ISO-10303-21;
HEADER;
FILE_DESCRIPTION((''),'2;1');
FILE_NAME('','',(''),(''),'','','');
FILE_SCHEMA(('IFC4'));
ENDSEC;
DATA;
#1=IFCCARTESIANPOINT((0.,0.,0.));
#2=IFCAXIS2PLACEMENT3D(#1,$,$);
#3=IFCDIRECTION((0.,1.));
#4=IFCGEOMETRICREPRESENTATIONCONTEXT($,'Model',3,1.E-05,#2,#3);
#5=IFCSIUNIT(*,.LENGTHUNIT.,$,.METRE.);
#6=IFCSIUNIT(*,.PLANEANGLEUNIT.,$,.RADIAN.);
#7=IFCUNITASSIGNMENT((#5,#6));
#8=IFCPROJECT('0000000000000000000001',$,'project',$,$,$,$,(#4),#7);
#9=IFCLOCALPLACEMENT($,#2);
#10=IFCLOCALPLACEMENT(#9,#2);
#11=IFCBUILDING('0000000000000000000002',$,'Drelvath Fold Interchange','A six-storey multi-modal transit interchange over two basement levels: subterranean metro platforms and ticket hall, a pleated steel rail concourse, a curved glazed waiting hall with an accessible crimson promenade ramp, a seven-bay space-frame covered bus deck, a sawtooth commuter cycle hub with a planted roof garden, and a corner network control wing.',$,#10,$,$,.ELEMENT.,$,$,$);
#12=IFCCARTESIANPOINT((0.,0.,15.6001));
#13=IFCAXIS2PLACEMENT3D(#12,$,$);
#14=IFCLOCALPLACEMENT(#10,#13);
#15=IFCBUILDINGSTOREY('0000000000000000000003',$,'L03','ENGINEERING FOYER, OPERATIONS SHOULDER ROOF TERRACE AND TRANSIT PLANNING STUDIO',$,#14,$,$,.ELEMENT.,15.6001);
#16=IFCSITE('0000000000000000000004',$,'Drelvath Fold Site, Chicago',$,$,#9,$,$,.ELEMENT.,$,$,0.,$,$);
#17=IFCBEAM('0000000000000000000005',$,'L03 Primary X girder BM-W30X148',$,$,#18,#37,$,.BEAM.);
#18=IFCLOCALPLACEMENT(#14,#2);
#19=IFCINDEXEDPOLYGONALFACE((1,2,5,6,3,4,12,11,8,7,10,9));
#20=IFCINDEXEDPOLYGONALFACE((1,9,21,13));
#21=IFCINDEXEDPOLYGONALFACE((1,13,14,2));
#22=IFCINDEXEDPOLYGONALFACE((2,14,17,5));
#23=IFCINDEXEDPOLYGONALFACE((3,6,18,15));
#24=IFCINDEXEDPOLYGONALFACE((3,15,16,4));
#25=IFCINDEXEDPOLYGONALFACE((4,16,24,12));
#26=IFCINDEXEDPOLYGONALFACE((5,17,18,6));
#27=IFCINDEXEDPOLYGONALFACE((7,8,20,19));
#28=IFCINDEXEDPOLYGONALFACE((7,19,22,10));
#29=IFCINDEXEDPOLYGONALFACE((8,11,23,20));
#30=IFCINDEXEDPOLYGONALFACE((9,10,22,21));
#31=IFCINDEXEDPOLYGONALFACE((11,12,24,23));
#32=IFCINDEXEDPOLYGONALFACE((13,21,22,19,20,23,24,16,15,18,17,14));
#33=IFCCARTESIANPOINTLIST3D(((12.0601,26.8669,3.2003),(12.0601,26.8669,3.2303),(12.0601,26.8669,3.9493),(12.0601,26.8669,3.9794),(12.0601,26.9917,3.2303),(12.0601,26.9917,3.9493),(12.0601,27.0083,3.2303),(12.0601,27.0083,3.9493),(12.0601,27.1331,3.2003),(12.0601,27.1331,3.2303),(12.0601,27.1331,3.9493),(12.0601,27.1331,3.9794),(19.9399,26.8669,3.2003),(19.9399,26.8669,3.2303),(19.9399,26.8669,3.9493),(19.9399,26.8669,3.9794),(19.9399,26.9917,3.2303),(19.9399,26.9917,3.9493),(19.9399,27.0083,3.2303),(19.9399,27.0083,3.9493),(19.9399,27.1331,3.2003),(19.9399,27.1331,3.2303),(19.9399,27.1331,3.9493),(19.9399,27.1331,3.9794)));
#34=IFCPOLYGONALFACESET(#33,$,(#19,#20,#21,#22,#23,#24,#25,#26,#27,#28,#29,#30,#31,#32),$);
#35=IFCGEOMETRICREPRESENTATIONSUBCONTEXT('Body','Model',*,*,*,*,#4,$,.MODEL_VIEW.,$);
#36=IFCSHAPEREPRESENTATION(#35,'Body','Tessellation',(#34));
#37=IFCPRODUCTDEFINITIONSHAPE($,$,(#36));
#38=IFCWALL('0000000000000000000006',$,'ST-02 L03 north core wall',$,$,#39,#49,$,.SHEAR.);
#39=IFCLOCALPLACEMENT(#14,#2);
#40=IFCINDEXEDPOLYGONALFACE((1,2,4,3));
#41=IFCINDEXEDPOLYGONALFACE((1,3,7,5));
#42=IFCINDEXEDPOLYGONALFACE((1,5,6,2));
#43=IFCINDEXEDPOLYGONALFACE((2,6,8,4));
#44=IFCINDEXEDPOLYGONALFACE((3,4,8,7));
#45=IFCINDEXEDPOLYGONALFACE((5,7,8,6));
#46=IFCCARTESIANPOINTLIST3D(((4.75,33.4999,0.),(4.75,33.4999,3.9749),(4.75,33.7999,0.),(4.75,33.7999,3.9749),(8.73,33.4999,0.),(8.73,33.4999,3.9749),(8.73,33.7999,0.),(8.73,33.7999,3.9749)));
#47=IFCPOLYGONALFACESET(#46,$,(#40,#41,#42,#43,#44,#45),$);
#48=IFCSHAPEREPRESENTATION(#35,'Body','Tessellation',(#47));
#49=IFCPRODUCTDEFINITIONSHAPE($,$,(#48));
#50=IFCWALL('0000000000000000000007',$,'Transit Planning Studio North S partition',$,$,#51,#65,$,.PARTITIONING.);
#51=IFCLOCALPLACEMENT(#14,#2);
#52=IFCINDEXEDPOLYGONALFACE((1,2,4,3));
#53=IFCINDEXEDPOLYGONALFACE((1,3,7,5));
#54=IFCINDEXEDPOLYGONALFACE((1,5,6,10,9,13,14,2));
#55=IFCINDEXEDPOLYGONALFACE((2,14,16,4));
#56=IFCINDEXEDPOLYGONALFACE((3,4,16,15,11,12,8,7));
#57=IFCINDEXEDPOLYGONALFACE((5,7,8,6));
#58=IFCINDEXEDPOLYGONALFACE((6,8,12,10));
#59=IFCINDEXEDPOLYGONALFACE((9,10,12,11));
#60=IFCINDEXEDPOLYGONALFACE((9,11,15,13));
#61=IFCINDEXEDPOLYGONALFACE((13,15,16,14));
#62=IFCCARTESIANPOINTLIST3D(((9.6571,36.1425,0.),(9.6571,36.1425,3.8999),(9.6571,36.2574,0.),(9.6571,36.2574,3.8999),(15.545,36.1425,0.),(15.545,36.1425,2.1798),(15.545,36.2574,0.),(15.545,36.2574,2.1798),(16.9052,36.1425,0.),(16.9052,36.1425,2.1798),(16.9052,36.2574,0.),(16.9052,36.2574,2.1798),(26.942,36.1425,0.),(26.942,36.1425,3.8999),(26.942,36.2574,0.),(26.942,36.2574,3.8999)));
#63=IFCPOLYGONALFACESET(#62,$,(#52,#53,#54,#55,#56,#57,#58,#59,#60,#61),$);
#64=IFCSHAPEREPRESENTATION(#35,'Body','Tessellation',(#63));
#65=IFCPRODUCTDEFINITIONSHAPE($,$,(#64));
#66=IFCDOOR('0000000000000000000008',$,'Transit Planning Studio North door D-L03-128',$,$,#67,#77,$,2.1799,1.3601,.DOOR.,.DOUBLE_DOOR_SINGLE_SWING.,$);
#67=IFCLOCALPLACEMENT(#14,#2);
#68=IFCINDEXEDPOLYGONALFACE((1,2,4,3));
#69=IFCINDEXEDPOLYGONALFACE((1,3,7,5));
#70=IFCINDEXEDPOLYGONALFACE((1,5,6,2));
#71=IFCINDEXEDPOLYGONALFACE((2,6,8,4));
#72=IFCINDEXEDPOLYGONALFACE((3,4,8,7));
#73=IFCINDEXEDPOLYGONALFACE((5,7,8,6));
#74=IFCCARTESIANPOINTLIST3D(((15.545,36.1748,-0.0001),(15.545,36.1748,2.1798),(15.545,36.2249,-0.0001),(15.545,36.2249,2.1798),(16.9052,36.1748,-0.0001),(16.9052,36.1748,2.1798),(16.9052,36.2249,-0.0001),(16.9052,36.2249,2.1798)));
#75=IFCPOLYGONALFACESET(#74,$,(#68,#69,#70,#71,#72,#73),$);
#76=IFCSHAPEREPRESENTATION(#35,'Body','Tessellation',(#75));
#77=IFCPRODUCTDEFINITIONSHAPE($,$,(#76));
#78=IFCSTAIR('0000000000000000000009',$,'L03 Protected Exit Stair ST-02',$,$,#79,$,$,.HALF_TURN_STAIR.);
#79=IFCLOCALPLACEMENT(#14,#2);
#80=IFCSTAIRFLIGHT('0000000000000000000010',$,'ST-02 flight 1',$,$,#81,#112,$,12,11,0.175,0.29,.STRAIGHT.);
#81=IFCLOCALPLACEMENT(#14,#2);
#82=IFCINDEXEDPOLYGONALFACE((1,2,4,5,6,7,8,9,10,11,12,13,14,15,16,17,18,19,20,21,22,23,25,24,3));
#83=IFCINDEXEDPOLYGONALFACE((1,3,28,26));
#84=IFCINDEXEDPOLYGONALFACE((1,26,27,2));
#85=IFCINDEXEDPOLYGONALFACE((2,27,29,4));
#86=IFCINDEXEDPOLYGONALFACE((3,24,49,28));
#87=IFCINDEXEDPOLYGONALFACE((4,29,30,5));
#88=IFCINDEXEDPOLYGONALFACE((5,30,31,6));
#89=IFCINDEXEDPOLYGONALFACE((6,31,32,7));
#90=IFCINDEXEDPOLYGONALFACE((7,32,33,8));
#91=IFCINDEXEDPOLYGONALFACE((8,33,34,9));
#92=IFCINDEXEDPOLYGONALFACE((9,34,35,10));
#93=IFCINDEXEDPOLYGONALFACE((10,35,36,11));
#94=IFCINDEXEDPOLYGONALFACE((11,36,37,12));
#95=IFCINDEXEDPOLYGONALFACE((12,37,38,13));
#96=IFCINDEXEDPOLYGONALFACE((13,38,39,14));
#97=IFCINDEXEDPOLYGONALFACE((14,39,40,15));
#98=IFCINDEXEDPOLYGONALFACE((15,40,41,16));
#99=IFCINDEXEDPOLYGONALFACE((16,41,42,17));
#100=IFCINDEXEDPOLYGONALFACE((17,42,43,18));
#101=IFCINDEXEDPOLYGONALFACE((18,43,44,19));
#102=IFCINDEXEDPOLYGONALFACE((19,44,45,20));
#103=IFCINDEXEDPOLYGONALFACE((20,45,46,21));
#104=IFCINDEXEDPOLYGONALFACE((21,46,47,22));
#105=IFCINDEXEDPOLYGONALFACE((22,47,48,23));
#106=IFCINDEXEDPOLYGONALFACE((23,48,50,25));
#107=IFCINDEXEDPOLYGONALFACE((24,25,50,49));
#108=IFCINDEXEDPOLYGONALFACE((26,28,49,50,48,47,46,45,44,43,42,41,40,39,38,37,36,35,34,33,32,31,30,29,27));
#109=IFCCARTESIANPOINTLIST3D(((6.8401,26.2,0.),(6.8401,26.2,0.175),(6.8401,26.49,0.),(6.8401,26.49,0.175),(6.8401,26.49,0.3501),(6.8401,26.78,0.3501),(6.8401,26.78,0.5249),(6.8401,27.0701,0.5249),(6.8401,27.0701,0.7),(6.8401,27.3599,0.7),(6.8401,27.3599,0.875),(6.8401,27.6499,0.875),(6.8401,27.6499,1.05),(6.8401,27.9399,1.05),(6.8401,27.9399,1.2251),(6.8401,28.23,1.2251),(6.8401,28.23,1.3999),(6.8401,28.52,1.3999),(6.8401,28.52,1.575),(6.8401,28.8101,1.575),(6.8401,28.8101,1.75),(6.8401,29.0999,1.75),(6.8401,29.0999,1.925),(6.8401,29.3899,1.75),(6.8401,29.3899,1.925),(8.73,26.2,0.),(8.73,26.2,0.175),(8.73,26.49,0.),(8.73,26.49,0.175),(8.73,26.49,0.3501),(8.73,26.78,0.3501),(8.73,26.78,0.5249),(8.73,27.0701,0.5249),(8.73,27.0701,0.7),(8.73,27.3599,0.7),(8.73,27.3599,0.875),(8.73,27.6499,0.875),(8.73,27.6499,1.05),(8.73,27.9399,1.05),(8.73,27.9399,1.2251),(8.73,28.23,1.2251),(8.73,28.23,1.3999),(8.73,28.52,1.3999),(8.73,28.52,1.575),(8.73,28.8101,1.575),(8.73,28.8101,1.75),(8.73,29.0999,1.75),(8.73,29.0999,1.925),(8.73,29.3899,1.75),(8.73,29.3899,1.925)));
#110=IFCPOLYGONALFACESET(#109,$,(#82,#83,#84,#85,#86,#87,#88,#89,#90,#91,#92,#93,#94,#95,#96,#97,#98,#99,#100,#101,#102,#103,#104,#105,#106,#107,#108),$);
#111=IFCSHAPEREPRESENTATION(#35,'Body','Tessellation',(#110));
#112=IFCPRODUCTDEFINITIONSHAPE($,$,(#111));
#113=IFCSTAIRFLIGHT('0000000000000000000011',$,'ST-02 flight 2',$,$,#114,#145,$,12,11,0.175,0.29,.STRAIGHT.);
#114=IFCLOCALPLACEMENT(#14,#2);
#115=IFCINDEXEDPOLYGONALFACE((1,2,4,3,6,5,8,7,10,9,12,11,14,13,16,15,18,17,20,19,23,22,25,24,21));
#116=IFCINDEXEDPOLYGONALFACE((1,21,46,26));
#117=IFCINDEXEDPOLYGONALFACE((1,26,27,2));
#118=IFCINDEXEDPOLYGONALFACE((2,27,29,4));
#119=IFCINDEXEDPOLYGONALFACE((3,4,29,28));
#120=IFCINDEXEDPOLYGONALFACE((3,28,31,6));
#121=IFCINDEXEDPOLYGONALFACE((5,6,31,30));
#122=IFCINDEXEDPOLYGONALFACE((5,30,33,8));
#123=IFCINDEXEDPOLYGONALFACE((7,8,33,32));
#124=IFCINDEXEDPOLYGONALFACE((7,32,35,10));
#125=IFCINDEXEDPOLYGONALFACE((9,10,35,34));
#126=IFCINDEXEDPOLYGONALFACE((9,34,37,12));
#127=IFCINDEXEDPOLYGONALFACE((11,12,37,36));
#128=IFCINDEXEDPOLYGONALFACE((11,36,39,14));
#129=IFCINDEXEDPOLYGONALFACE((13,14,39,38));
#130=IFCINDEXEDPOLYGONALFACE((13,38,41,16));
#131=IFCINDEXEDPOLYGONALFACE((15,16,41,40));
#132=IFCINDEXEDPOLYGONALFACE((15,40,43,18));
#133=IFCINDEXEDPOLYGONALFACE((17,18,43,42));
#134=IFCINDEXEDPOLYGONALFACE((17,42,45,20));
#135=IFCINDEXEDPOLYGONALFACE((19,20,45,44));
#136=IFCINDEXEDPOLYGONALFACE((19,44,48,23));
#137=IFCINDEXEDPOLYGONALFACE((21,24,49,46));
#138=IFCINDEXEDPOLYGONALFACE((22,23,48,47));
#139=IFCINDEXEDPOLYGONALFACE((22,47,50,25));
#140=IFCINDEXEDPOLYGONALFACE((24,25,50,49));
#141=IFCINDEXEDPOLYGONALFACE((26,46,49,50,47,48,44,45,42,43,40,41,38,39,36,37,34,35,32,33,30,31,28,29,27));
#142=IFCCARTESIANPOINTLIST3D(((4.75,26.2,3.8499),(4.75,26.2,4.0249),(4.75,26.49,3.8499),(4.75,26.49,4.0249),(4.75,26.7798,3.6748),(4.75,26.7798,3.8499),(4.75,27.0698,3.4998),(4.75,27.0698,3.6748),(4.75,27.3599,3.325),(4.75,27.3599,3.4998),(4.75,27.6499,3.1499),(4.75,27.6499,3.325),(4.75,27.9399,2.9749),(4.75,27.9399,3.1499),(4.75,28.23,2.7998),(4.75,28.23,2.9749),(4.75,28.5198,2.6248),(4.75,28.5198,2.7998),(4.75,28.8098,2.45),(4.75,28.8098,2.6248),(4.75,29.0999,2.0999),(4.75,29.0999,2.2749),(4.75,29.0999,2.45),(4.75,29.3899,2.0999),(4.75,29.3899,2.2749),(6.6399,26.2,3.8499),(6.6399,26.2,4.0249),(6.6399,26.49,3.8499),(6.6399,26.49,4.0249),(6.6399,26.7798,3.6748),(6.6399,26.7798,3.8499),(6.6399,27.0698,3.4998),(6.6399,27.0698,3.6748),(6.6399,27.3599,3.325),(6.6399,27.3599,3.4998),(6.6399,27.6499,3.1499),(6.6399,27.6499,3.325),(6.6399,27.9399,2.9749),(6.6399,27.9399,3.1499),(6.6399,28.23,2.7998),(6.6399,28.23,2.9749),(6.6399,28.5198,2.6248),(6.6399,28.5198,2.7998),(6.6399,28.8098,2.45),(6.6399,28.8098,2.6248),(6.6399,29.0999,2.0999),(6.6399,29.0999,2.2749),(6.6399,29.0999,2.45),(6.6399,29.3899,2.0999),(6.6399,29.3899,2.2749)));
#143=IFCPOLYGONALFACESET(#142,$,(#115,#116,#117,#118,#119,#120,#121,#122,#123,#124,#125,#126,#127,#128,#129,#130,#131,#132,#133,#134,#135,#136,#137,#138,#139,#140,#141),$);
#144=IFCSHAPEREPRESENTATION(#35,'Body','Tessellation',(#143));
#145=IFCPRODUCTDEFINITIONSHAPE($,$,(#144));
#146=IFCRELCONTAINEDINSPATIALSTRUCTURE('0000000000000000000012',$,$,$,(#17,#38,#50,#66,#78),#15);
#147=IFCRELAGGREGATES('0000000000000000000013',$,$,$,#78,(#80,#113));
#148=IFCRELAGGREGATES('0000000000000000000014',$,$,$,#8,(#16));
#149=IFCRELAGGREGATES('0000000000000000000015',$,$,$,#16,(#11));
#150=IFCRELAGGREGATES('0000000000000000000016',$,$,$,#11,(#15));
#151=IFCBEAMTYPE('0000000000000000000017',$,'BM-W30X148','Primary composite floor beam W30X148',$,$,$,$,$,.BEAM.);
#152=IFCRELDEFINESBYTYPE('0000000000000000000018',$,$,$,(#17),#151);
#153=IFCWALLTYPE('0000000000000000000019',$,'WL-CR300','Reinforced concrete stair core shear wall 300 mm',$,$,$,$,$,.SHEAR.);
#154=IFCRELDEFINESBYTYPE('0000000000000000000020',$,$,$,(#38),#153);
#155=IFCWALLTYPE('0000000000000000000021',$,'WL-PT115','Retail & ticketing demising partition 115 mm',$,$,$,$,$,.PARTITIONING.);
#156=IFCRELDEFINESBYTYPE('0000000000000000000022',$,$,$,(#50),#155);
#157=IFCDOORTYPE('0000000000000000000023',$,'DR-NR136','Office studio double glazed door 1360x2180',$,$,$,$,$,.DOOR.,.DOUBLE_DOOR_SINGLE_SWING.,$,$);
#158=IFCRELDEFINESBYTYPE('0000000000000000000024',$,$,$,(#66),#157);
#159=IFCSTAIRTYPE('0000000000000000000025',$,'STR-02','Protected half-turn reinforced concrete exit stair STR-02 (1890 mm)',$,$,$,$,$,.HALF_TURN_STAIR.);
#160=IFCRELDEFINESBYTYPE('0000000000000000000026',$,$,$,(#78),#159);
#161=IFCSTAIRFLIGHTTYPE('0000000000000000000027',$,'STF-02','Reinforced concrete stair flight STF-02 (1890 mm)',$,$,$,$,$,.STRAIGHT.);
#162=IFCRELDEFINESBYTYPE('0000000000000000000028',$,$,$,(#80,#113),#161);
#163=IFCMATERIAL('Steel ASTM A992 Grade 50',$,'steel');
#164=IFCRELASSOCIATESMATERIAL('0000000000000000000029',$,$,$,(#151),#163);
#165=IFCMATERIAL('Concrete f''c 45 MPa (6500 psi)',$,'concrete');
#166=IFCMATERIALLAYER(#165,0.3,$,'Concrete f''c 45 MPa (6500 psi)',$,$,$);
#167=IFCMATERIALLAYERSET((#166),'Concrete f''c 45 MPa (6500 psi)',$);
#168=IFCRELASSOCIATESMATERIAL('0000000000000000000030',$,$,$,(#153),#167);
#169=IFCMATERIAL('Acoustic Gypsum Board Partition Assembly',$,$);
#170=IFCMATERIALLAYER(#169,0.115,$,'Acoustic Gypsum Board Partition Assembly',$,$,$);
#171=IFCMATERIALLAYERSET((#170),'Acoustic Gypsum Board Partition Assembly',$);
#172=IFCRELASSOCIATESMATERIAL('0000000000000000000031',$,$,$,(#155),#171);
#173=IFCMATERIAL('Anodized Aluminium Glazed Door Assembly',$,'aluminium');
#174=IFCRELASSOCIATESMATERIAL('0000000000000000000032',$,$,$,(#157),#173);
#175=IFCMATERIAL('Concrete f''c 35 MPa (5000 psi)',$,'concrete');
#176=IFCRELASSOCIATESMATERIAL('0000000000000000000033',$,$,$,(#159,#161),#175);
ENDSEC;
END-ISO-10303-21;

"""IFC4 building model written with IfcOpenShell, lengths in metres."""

from ifc_helpers import new_model, si_unit, direction, frame, frame_2d, origin, origin_2d, place, context, subcontext, project, spatial, polyline, rectangle, i_section, outline, extrude, material, layer, layer_set, material_profile, profile_set, type_object, element, fill, aggregate, save


model = new_model("IFC4")

# Units and contexts
model_context = context("Model", 3, precision=1e-05, world=origin(), true_north=direction((0.0, 1.0)))
body_context = subcontext(model_context, "Body", "Model", "MODEL_VIEW")
ifc_project = project(units=[si_unit("LENGTHUNIT", "METRE"), si_unit("PLANEANGLEUNIT", "RADIAN")], contexts=[model_context])

# Site, building, storey
site_placement = place(None, origin())
site = spatial("IfcSite", under=ifc_project, at=site_placement, Name="Drelvath Fold Site, Chicago", CompositionType="ELEMENT", RefElevation=0.0)
building_placement = place(site_placement, origin())
building = spatial("IfcBuilding", under=site, at=building_placement, Name="Drelvath Fold Interchange", Description="A six-storey multi-modal transit interchange over two basement levels: subterranean metro platforms and ticket hall, a pleated steel rail concourse, a curved glazed waiting hall with an accessible crimson promenade ramp, a seven-bay space-frame covered bus deck, a sawtooth commuter cycle hub with a planted roof garden, and a corner network control wing.", CompositionType="ELEMENT")
storey_placement = place(building_placement, frame((0.0, 0.0, 15.6001)))
storey = spatial("IfcBuildingStorey", under=building, at=storey_placement, Name="L03", Description="ENGINEERING FOYER, OPERATIONS SHOULDER ROOF TERRACE AND TRANSIT PLANNING STUDIO", CompositionType="ELEMENT", Elevation=15.6001)

# Shared definitions
ifc_material_1 = material(Name="Steel ASTM A992 Grade 50", Category="steel")

# Beam
ifc_material_profile_1 = material_profile(ifc_material_1, i_section(OverallWidth=0.2661, OverallDepth=0.7791, WebThickness=0.0166, FlangeThickness=0.03, at=origin_2d()), Name="W30X148")
ifc_profile_set_1 = profile_set([ifc_material_profile_1], Name="Steel ASTM A992 Grade 50")
beam_type_1 = type_object("IfcBeamType", Name="BM-W30X148", Description="Primary composite floor beam W30X148", PredefinedType="BEAM", material=ifc_profile_set_1)
beam_1_placement = place(storey_placement, frame((12.0601, 27.0, 3.5898), z_axis=(1.0, 0.0, 0.0), x_axis=(0.0, 1.0, 0.0)))
element("IfcBeam", 1, at=beam_1_placement, inside=storey, type_object=beam_type_1, Name="L03 Primary X girder BM-W30X148", PredefinedType="BEAM", context=body_context, shape_type="SweptSolid", body=[
    extrude(i_section(OverallWidth=0.2661, OverallDepth=0.7791, WebThickness=0.0166, FlangeThickness=0.03, at=origin_2d()), origin(), (0.0, 0.0, 1.0), 7.8799),
])

# Wall
ifc_material_2 = material(Name="Concrete f'c 45 MPa (6500 psi)", Category="concrete")
ifc_layer_1 = layer(ifc_material_2, 0.3, Name="Concrete f'c 45 MPa (6500 psi)")
ifc_layer_set_1 = layer_set([ifc_layer_1], Name="Concrete f'c 45 MPa (6500 psi)")
wall_type_1 = type_object("IfcWallType", Name="WL-CR300", Description="Reinforced concrete stair core shear wall 300 mm", PredefinedType="SHEAR", material=ifc_layer_set_1)
wall_1_placement = place(storey_placement, frame((8.73, 33.6499, 0.0), z_axis=(0.0, 0.0, 1.0), x_axis=(-1.0, 0.0, 0.0)))
element("IfcWall", 2, at=wall_1_placement, inside=storey, type_object=wall_type_1, Name="ST-02 L03 north core wall", PredefinedType="SHEAR", context=body_context, shape_type="SweptSolid", body=[
    extrude(rectangle(XDim=3.98, YDim=0.3, at=frame_2d((1.99, 0.0))), origin(), (0.0, 0.0, 1.0), 3.9749),
])

# Wall, opening, door
ifc_material_3 = material(Name="Acoustic Gypsum Board Partition Assembly")
ifc_layer_2 = layer(ifc_material_3, 0.115, Name="Acoustic Gypsum Board Partition Assembly")
ifc_layer_set_2 = layer_set([ifc_layer_2], Name="Acoustic Gypsum Board Partition Assembly")
wall_type_2 = type_object("IfcWallType", Name="WL-PT115", Description="Retail & ticketing demising partition 115 mm", PredefinedType="PARTITIONING", material=ifc_layer_set_2)
wall_2_placement = place(storey_placement, frame((9.657, 36.2, 0.0), z_axis=(0.0, 0.0, 1.0), x_axis=(1.0, 0.0, 0.0)))
wall_2 = element("IfcWall", 3, at=wall_2_placement, inside=storey, type_object=wall_type_2, Name="Transit Planning Studio North S partition", PredefinedType="PARTITIONING", context=body_context, shape_type="SweptSolid", body=[
    extrude(rectangle(XDim=17.2849, YDim=0.115, at=frame_2d((8.6426, 0.0))), origin(), (0.0, 0.0, 1.0), 3.8999),
])
opening_placement = place(wall_2_placement, frame((5.8879, 0.0, 0.0)))
opening = element("IfcOpeningElement", 4, at=opening_placement, cuts=wall_2, PredefinedType="OPENING", context=body_context, shape_type="SweptSolid", body=[
    extrude(rectangle(XDim=1.3601, YDim=2.1799, at=frame_2d((0.6802, 1.0898))), frame((0.0, 0.0674, 0.0), z_axis=(0.0, -1.0, 0.0), x_axis=(1.0, 0.0, 0.0)), (0.0, 0.0, 1.0), 0.135),
])
ifc_material_4 = material(Name="Anodized Aluminium Glazed Door Assembly", Category="aluminium")
door_type = type_object("IfcDoorType", Name="DR-NR136", Description="Office studio double glazed door 1360x2180", OperationType="DOUBLE_DOOR_SINGLE_SWING", PredefinedType="DOOR", material=ifc_material_4)
door_placement = place(opening_placement, origin())
door = element("IfcDoor", 5, at=door_placement, inside=storey, type_object=door_type, Name="Transit Planning Studio North door D-L03-128", OperationType="DOUBLE_DOOR_SINGLE_SWING", OverallHeight=2.1799, OverallWidth=1.3601, PredefinedType="DOOR", context=body_context, shape_type="SweptSolid", body=[
    extrude(rectangle(XDim=1.3601, YDim=2.1799, at=frame_2d((0.6802, 1.0898))), frame((0.0, 0.0249, 0.0), z_axis=(0.0, -1.0, 0.0), x_axis=(1.0, 0.0, 0.0)), (0.0, 0.0, 1.0), 0.05),
])
fill(opening, door)

# Stair, stair flights
ifc_material_5 = material(Name="Concrete f'c 35 MPa (5000 psi)", Category="concrete")
stair_type = type_object("IfcStairType", Name="STR-02", Description="Protected half-turn reinforced concrete exit stair STR-02 (1890 mm)", PredefinedType="HALF_TURN_STAIR", material=ifc_material_5)
stair_placement = place(storey_placement, origin())
stair = element("IfcStair", 6, at=stair_placement, inside=storey, type_object=stair_type, Name="L03 Protected Exit Stair ST-02", PredefinedType="HALF_TURN_STAIR")
stair_flight_type = type_object("IfcStairFlightType", Name="STF-02", Description="Reinforced concrete stair flight STF-02 (1890 mm)", PredefinedType="STRAIGHT", material=ifc_material_5)
stair_flight_1_placement = place(storey_placement, frame((7.7849, 26.2, 0.0), z_axis=(0.0, 0.0, 1.0), x_axis=(0.0, 1.0, 0.0)))
stair_flight_1 = element("IfcStairFlight", 7, at=stair_flight_1_placement, type_object=stair_flight_type, Name="ST-02 flight 1", NumberOfRisers=12, NumberOfTreads=11, PredefinedType="STRAIGHT", RiserHeight=0.175, TreadLength=0.29, context=body_context, shape_type="SweptSolid", body=[
    extrude(outline(polyline([(0.0, 0.0), (0.0, 0.175), (0.29, 0.175), (0.29, 0.3501), (0.5801, 0.3501), (0.5801, 0.5249), (0.8701, 0.5249), (0.8701, 0.7), (1.1599, 0.7), (1.1599, 0.875), (1.45, 0.875), (1.45, 1.05), (1.74, 1.05), (1.74, 1.2251), (2.03, 1.2251), (2.03, 1.3999), (2.3201, 1.3999), (2.3201, 1.575), (2.6101, 1.575), (2.6101, 1.75), (2.8999, 1.75), (2.8999, 1.925), (3.1899, 1.925), (3.1899, 2.1001), (3.1899, 1.75), (0.29, 0.0), (0.0, 0.0)])), frame((0.0, 0.9448, 0.0), z_axis=(0.0, -1.0, 0.0), x_axis=(1.0, 0.0, 0.0)), (0.0, 0.0, 1.0), 1.8899),
])
stair_flight_2_placement = place(storey_placement, frame((5.6951, 29.3899, 2.0999), z_axis=(0.0, 0.0, 1.0), x_axis=(0.0, -1.0, 0.0)))
stair_flight_2 = element("IfcStairFlight", 8, at=stair_flight_2_placement, type_object=stair_flight_type, Name="ST-02 flight 2", NumberOfRisers=12, NumberOfTreads=11, PredefinedType="STRAIGHT", RiserHeight=0.175, TreadLength=0.29, context=body_context, shape_type="SweptSolid", body=[
    extrude(outline(polyline([(0.0, 0.0), (0.0, 0.175), (0.29, 0.175), (0.29, 0.3501), (0.5801, 0.3501), (0.5801, 0.5249), (0.8701, 0.5249), (0.8701, 0.7), (1.1599, 0.7), (1.1599, 0.875), (1.45, 0.875), (1.45, 1.05), (1.74, 1.05), (1.74, 1.2251), (2.03, 1.2251), (2.03, 1.3999), (2.3201, 1.3999), (2.3201, 1.575), (2.6101, 1.575), (2.6101, 1.75), (2.8999, 1.75), (2.8999, 1.925), (3.1899, 1.925), (3.1899, 2.1001), (3.1899, 1.75), (0.29, 0.0), (0.0, 0.0)])), frame((0.0, 0.9448, 0.0), z_axis=(0.0, -1.0, 0.0), x_axis=(1.0, 0.0, 0.0)), (0.0, 0.0, 1.0), 1.8899),
])
aggregate(stair, [stair_flight_1, stair_flight_2])

save(model, "model.ifc")
